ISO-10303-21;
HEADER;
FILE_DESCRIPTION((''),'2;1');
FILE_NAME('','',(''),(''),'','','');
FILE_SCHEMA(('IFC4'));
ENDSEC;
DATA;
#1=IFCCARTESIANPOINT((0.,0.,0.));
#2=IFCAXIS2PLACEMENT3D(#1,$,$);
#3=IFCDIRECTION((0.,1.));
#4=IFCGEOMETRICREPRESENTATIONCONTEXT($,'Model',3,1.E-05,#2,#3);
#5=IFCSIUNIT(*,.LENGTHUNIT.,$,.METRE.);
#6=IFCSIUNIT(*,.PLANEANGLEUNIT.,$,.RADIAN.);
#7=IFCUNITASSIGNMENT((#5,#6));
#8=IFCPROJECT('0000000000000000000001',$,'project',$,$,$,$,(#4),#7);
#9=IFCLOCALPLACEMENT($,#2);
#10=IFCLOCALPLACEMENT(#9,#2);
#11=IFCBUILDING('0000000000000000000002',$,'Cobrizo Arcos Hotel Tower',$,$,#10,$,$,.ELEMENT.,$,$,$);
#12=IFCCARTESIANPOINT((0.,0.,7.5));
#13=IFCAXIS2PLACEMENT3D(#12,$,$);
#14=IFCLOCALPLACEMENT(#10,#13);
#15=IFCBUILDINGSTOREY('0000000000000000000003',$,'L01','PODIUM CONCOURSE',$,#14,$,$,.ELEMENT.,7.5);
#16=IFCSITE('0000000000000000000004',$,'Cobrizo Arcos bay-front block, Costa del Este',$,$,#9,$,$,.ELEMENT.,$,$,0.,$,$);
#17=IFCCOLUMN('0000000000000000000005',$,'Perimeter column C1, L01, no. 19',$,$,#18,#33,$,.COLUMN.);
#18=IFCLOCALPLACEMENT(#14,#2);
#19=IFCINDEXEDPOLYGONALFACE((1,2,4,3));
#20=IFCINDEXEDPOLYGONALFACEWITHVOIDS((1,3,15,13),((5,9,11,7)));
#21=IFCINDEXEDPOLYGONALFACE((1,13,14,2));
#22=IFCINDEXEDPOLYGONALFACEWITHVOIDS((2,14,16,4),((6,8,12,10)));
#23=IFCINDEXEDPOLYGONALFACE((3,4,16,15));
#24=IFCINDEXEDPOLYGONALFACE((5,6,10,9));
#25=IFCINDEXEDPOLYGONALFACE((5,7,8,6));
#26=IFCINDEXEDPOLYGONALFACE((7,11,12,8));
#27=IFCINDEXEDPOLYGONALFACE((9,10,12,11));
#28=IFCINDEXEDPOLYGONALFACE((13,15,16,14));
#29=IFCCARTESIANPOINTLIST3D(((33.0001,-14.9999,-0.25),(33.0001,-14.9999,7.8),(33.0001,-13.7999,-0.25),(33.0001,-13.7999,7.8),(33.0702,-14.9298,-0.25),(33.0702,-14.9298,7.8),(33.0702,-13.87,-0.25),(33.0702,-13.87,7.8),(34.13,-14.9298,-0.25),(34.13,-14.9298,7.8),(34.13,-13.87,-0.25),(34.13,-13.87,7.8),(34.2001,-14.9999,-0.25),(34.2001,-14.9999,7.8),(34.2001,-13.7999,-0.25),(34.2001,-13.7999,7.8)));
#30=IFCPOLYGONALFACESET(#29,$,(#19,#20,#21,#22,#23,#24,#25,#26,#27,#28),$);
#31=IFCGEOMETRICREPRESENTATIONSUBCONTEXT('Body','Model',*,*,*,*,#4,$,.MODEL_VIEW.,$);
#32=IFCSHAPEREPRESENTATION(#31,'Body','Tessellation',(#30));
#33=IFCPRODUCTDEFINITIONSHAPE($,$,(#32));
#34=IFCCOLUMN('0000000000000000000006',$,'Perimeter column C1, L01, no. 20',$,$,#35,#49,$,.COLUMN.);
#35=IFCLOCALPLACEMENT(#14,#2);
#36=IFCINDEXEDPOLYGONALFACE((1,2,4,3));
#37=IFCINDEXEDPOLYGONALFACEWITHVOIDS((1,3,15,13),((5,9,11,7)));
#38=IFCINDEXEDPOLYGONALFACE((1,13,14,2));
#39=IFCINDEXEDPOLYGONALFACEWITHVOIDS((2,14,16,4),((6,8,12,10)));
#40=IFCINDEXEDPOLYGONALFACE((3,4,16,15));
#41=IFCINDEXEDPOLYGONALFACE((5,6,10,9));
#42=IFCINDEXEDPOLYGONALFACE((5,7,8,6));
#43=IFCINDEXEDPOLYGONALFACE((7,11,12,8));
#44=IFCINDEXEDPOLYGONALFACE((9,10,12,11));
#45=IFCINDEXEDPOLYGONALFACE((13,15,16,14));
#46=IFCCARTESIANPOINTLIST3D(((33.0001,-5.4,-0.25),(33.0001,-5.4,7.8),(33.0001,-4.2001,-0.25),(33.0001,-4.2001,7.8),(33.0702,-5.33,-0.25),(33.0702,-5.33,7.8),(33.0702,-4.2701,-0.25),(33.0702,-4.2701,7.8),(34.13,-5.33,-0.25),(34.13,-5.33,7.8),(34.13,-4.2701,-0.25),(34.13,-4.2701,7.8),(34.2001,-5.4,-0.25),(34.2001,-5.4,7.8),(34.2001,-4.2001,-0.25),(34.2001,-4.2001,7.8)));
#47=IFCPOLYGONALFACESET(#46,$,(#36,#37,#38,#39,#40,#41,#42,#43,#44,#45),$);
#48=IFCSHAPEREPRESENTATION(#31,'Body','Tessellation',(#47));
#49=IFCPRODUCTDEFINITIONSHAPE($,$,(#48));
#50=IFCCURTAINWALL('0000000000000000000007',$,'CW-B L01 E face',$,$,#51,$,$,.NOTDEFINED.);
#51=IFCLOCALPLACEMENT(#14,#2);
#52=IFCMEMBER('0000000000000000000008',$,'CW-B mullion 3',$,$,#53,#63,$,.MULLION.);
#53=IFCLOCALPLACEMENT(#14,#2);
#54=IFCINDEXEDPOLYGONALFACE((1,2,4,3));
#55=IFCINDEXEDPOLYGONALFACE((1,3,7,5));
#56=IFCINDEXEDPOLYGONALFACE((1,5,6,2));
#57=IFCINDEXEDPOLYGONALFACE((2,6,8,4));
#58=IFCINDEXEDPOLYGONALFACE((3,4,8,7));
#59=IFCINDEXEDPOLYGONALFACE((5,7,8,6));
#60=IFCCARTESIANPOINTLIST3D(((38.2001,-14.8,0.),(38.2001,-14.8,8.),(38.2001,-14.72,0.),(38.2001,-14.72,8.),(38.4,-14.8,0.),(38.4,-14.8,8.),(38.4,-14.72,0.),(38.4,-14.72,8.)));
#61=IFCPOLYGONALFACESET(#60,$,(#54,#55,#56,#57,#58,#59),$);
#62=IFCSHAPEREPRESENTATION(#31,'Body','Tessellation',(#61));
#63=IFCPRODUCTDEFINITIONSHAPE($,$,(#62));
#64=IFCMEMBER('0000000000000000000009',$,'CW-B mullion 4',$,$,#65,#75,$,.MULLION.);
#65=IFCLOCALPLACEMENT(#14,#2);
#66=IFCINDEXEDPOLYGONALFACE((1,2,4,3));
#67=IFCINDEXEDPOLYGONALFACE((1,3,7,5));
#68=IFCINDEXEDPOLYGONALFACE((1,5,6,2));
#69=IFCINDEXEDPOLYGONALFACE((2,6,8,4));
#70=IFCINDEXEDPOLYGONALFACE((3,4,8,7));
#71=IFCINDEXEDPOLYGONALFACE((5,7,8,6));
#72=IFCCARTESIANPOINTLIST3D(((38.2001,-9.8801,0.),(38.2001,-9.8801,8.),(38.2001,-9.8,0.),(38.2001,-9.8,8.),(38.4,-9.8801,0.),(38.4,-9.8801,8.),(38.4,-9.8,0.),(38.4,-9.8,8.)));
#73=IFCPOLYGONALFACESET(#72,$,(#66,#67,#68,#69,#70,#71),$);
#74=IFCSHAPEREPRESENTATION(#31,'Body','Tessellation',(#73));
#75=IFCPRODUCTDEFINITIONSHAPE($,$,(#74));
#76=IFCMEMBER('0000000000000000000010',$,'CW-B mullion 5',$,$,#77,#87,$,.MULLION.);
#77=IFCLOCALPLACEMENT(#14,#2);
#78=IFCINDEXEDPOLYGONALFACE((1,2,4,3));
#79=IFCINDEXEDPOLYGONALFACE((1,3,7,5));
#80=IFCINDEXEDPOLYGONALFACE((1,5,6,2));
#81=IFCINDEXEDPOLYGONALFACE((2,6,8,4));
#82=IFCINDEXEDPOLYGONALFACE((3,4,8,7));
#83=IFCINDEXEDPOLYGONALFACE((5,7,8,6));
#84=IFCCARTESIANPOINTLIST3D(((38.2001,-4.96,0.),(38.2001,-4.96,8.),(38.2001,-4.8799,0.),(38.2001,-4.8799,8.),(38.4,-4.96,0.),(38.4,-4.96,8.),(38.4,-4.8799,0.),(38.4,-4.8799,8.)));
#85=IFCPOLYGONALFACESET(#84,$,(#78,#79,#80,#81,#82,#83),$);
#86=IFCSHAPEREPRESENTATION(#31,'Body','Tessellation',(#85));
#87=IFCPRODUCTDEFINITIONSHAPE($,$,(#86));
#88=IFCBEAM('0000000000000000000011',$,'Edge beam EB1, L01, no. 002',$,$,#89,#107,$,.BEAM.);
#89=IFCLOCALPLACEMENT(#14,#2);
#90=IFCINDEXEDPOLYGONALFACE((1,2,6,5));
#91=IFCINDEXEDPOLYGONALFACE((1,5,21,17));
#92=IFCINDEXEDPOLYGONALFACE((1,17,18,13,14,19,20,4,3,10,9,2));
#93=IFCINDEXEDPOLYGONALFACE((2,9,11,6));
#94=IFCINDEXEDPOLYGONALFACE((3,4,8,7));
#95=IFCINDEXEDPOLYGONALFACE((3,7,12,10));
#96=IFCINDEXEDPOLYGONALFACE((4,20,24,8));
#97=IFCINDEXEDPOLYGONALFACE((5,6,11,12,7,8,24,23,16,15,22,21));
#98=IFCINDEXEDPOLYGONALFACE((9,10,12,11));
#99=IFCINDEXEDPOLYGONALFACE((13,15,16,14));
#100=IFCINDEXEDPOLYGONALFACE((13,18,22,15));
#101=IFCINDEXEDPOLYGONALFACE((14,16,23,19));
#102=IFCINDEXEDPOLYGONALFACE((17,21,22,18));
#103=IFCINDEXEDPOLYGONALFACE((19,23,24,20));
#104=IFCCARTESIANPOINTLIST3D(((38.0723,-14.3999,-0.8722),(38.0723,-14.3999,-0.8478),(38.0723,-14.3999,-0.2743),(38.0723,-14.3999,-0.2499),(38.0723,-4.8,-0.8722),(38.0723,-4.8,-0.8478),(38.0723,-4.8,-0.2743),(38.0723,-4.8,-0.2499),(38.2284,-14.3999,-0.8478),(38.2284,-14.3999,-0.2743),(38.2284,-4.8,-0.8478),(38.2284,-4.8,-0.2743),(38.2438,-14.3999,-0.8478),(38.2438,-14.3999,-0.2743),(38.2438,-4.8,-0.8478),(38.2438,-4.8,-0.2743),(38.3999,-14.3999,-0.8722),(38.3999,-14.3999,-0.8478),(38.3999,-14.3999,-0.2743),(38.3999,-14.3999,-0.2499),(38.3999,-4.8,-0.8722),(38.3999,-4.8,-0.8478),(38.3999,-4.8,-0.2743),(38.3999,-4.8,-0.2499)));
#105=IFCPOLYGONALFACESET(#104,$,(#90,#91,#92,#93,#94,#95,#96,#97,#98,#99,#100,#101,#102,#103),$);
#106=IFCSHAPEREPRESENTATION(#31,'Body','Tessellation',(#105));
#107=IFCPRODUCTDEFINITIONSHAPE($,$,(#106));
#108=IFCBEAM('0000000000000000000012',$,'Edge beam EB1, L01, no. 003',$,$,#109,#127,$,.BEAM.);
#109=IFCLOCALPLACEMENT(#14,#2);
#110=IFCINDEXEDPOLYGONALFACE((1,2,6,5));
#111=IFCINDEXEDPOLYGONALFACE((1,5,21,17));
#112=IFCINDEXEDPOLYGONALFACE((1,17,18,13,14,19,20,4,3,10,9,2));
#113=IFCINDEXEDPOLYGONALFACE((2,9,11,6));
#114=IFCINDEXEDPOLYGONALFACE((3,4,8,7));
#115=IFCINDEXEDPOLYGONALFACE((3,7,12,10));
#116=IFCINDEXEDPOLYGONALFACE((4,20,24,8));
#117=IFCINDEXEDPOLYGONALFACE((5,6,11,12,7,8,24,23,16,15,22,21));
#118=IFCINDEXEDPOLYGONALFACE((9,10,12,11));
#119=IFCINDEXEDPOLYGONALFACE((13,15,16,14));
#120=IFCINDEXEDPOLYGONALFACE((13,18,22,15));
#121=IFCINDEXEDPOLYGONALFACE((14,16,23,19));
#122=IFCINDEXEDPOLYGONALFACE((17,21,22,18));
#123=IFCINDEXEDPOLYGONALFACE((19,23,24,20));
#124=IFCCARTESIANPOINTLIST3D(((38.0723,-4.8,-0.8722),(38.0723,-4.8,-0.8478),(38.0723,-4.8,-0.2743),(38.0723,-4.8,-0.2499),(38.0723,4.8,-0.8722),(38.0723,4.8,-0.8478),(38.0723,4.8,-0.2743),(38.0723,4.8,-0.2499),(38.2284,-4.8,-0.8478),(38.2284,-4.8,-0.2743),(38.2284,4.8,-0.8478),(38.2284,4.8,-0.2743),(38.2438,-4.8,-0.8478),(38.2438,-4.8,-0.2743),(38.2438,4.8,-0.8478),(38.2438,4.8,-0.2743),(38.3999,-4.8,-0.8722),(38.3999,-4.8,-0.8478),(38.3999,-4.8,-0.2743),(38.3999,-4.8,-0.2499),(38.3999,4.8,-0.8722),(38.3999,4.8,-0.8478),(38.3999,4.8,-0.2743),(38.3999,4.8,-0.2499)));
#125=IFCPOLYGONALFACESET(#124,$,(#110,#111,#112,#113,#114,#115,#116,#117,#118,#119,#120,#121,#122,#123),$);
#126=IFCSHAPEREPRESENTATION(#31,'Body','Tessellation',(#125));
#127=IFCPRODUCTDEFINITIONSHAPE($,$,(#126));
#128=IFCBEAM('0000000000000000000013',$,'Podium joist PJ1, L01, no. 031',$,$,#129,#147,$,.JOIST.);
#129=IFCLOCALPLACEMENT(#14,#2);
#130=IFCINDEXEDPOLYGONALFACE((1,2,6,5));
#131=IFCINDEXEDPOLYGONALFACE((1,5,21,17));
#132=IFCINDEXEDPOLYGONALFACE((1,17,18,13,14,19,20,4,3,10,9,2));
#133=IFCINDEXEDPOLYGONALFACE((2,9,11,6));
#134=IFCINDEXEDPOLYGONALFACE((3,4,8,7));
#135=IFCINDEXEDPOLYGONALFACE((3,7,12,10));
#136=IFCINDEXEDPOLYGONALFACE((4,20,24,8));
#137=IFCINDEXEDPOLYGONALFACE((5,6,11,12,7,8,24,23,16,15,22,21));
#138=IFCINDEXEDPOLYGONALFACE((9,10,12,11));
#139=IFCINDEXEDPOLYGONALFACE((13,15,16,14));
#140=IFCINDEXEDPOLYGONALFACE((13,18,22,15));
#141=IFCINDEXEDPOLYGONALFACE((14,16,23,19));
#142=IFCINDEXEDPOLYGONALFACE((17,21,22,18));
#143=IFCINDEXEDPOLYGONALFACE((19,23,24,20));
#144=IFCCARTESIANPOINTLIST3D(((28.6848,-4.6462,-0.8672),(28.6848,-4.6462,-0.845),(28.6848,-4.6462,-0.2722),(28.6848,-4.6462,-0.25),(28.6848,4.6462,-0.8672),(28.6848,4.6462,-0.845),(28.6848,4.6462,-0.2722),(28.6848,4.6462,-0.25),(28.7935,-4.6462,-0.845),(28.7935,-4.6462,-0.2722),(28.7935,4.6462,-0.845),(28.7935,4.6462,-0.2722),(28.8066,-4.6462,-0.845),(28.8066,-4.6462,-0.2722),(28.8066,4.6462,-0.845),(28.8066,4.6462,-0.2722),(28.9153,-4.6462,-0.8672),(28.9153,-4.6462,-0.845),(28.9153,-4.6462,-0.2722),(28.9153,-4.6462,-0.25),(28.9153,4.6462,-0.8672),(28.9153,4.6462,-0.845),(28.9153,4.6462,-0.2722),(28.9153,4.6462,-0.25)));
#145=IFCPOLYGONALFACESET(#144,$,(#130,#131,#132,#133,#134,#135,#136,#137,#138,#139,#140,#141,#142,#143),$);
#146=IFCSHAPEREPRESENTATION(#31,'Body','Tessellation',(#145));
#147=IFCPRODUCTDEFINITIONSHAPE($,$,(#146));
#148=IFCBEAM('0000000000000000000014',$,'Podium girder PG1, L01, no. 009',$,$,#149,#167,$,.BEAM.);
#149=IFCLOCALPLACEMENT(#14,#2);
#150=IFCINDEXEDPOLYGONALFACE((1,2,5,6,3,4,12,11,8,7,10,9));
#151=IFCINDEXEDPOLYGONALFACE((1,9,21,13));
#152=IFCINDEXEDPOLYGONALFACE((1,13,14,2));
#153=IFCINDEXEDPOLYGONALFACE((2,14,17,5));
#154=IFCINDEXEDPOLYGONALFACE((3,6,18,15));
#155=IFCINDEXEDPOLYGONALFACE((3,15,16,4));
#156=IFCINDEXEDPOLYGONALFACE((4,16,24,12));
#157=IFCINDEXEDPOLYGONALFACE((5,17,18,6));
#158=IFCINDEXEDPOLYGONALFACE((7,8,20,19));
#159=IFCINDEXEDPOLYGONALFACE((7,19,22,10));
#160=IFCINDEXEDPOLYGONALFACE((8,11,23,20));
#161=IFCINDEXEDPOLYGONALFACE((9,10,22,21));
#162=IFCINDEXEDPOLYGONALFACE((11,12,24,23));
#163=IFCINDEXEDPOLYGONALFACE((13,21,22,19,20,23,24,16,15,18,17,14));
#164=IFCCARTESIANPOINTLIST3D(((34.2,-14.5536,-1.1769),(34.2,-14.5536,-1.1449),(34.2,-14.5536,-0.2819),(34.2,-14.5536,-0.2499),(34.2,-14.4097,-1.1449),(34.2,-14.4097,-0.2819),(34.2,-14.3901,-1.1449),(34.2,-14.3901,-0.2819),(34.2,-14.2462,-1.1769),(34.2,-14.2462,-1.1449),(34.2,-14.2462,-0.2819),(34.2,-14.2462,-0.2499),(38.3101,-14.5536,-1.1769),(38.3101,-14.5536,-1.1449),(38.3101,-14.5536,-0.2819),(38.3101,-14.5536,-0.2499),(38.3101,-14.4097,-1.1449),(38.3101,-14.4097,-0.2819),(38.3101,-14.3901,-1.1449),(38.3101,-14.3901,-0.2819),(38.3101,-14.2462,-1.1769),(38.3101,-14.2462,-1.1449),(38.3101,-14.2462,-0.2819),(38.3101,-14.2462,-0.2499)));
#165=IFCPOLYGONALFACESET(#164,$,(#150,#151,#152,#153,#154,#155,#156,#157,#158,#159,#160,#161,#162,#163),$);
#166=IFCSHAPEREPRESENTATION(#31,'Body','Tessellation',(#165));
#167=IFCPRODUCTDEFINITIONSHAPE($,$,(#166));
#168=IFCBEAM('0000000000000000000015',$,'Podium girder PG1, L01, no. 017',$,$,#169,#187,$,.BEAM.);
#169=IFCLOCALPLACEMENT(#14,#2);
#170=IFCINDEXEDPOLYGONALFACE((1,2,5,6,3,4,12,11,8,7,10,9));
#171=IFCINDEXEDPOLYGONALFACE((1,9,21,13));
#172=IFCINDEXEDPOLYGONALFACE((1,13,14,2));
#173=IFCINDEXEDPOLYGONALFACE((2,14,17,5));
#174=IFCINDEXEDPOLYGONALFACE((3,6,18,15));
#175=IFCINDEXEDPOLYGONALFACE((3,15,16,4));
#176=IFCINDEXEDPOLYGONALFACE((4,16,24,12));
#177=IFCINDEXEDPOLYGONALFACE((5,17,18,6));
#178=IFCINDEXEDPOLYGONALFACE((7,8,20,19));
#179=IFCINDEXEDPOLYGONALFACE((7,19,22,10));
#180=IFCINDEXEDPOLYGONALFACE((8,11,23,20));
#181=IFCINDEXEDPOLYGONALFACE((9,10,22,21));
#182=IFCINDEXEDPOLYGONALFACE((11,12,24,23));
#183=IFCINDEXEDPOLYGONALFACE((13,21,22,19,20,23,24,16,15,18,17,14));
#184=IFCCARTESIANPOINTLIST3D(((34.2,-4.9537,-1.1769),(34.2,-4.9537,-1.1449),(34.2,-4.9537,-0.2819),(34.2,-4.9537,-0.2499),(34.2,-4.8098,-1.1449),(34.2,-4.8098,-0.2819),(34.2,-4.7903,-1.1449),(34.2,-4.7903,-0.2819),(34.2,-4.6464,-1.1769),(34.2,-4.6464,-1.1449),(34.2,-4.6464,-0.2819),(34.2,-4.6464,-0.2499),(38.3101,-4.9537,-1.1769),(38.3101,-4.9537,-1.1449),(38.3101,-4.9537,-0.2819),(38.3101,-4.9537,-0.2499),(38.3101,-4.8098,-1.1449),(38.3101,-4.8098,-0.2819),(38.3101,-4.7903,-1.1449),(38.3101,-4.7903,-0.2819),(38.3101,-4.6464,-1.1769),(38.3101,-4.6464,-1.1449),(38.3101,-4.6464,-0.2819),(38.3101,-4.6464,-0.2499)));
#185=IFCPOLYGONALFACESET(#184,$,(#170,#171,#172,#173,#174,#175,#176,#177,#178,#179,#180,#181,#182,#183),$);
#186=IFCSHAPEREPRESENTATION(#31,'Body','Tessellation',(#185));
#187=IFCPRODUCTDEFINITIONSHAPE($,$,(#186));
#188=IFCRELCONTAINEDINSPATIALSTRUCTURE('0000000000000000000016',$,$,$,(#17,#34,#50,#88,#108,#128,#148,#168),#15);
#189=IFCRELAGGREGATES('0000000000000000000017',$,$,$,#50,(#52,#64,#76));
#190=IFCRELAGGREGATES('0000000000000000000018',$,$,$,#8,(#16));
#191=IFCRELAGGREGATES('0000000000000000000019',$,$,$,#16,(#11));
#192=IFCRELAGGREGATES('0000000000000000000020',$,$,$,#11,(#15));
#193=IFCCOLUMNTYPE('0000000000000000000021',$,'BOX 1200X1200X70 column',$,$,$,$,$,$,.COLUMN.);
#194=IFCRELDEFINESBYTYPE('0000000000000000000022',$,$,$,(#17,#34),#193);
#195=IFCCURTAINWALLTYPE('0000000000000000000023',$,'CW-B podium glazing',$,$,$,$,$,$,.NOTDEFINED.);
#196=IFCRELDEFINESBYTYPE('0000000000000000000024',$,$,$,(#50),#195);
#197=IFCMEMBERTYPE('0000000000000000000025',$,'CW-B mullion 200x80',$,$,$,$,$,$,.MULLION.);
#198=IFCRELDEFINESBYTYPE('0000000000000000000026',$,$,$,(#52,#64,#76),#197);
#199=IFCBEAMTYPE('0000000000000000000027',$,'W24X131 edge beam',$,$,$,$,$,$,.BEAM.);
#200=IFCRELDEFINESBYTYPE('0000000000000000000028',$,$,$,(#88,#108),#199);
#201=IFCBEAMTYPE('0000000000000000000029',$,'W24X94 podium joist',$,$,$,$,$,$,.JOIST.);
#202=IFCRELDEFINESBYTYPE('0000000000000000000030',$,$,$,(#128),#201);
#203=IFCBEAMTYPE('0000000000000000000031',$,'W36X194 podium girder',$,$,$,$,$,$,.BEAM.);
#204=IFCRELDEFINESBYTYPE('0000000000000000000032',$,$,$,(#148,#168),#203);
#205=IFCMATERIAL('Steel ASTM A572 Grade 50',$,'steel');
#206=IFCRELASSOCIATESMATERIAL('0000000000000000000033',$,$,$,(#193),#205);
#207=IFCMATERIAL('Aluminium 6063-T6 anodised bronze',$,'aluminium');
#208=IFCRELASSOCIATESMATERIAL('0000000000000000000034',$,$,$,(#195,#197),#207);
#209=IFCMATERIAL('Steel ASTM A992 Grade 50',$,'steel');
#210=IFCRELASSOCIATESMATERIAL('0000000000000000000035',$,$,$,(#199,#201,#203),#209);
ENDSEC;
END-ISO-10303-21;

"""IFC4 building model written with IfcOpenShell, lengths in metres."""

from ifc_helpers import new_model, si_unit, direction, frame, origin, origin_2d, place, context, subcontext, project, spatial, rectangle, hollow_rectangle, i_section, extrude, material, material_profile, profile_set, type_object, element, aggregate, save


model = new_model("IFC4")

# Units and contexts
model_context = context("Model", 3, precision=1e-05, world=origin(), true_north=direction((0.0, 1.0)))
body_context = subcontext(model_context, "Body", "Model", "MODEL_VIEW")
ifc_project = project(units=[si_unit("LENGTHUNIT", "METRE"), si_unit("PLANEANGLEUNIT", "RADIAN")], contexts=[model_context])

# Site, building, storey
site_placement = place(None, origin())
site = spatial("IfcSite", under=ifc_project, at=site_placement, Name="Cobrizo Arcos bay-front block, Costa del Este", CompositionType="ELEMENT", RefElevation=0.0)
building_placement = place(site_placement, origin())
building = spatial("IfcBuilding", under=site, at=building_placement, Name="Cobrizo Arcos Hotel Tower", CompositionType="ELEMENT")
storey_placement = place(building_placement, frame((0.0, 0.0, 7.5)))
storey = spatial("IfcBuildingStorey", under=building, at=storey_placement, Name="L01", Description="PODIUM CONCOURSE", CompositionType="ELEMENT", Elevation=7.5)

# Columns
ifc_material_1 = material(Name="Steel ASTM A572 Grade 50", Category="steel")
ifc_material_profile_1 = material_profile(ifc_material_1, hollow_rectangle(XDim=1.2, YDim=1.2, WallThickness=0.0701, at=origin_2d()), Name="BOX 1200X1200X70")
ifc_profile_set_1 = profile_set([ifc_material_profile_1], Name="Steel ASTM A572 Grade 50")
column_type = type_object("IfcColumnType", Name="BOX 1200X1200X70 column", PredefinedType="COLUMN", material=ifc_profile_set_1)
for number, where, z_axis, x_axis, name in (
    (1, (33.6001, -14.3999, -0.25), (0.0, 0.0, 1.0), (1.0, 0.0, 0.0), "Perimeter column C1, L01, no. 19"),
    (2, (33.6001, -4.8, -0.25), (0.0, 0.0, 1.0), (1.0, 0.0, 0.0), "Perimeter column C1, L01, no. 20"),
):
    element("IfcColumn", number, at=place(storey_placement, frame(where, z_axis=z_axis, x_axis=x_axis)), inside=storey, type_object=column_type, Name=name, PredefinedType="COLUMN", context=body_context, shape_type="SweptSolid", body=[
        extrude(hollow_rectangle(XDim=1.2, YDim=1.2, WallThickness=0.0701, at=origin_2d()), origin(), (0.0, 0.0, 1.0), 8.05),
    ])

# Curtain wall, members
ifc_material_2 = material(Name="Aluminium 6063-T6 anodised bronze", Category="aluminium")
curtain_wall_type = type_object("IfcCurtainWallType", Name="CW-B podium glazing", PredefinedType="NOTDEFINED", material=ifc_material_2)
curtain_wall_placement = place(storey_placement, origin())
curtain_wall = element("IfcCurtainWall", 3, at=curtain_wall_placement, inside=storey, type_object=curtain_wall_type, Name="CW-B L01 E face", PredefinedType="NOTDEFINED")
ifc_material_profile_2 = material_profile(ifc_material_2, rectangle(XDim=0.2, YDim=0.0801, at=origin_2d()), Name="CW-B mullion 200x80")
ifc_profile_set_2 = profile_set([ifc_material_profile_2], Name="Aluminium 6063-T6 anodised bronze")
member_type = type_object("IfcMemberType", Name="CW-B mullion 200x80", PredefinedType="MULLION", material=ifc_profile_set_2)
member_1_placement = place(storey_placement, frame((38.3, -14.76, 0.0), z_axis=(0.0, 0.0, 1.0), x_axis=(1.0, 0.0, 0.0)))
member_1 = element("IfcMember", 4, at=member_1_placement, type_object=member_type, Name="CW-B mullion 3", PredefinedType="MULLION", context=body_context, shape_type="SweptSolid", body=[
    extrude(rectangle(XDim=0.2, YDim=0.0801, at=origin_2d()), origin(), (0.0, 0.0, 1.0), 8.0),
])
member_2_placement = place(storey_placement, frame((38.3, -9.8401, 0.0), z_axis=(0.0, 0.0, 1.0), x_axis=(1.0, 0.0, 0.0)))
member_2 = element("IfcMember", 5, at=member_2_placement, type_object=member_type, Name="CW-B mullion 4", PredefinedType="MULLION", context=body_context, shape_type="SweptSolid", body=[
    extrude(rectangle(XDim=0.2, YDim=0.0801, at=origin_2d()), origin(), (0.0, 0.0, 1.0), 8.0),
])
member_3_placement = place(storey_placement, frame((38.3, -4.9199, 0.0), z_axis=(0.0, 0.0, 1.0), x_axis=(1.0, 0.0, 0.0)))
member_3 = element("IfcMember", 6, at=member_3_placement, type_object=member_type, Name="CW-B mullion 5", PredefinedType="MULLION", context=body_context, shape_type="SweptSolid", body=[
    extrude(rectangle(XDim=0.2, YDim=0.0801, at=origin_2d()), origin(), (0.0, 0.0, 1.0), 8.0),
])

# Beams
ifc_material_3 = material(Name="Steel ASTM A992 Grade 50", Category="steel")
ifc_material_profile_3 = material_profile(ifc_material_3, i_section(OverallWidth=0.3276, OverallDepth=0.6223, WebThickness=0.0154, FlangeThickness=0.0244, at=origin_2d()), Name="W24X131")
ifc_profile_set_3 = profile_set([ifc_material_profile_3], Name="Steel ASTM A992 Grade 50")
beam_type_1 = type_object("IfcBeamType", Name="W24X131 edge beam", PredefinedType="BEAM", material=ifc_profile_set_3)
beam_1_placement = place(storey_placement, frame((38.2361, -14.3999, -0.561), z_axis=(0.0, 1.0, 0.0), x_axis=(-1.0, 0.0, 0.0)))
element("IfcBeam", 7, at=beam_1_placement, inside=storey, type_object=beam_type_1, Name="Edge beam EB1, L01, no. 002", PredefinedType="BEAM", context=body_context, shape_type="SweptSolid", body=[
    extrude(i_section(OverallWidth=0.3276, OverallDepth=0.6223, WebThickness=0.0154, FlangeThickness=0.0244, at=origin_2d()), origin(), (0.0, 0.0, 1.0), 9.5999),
])
beam_2_placement = place(storey_placement, frame((38.2361, -4.8, -0.561), z_axis=(0.0, 1.0, 0.0), x_axis=(-1.0, 0.0, 0.0)))
element("IfcBeam", 8, at=beam_2_placement, inside=storey, type_object=beam_type_1, Name="Edge beam EB1, L01, no. 003", PredefinedType="BEAM", context=body_context, shape_type="SweptSolid", body=[
    extrude(i_section(OverallWidth=0.3276, OverallDepth=0.6223, WebThickness=0.0154, FlangeThickness=0.0244, at=origin_2d()), origin(), (0.0, 0.0, 1.0), 9.6001),
])
ifc_material_profile_4 = material_profile(ifc_material_3, i_section(OverallWidth=0.2305, OverallDepth=0.6172, WebThickness=0.0132, FlangeThickness=0.0222, at=origin_2d()), Name="W24X94")
ifc_profile_set_4 = profile_set([ifc_material_profile_4], Name="Steel ASTM A992 Grade 50")
beam_type_2 = type_object("IfcBeamType", Name="W24X94 podium joist", PredefinedType="JOIST", material=ifc_profile_set_4)
beam_3_placement = place(storey_placement, frame((28.8, -4.6462, -0.5586), z_axis=(0.0, 1.0, 0.0), x_axis=(-1.0, 0.0, 0.0)))
element("IfcBeam", 9, at=beam_3_placement, inside=storey, type_object=beam_type_2, Name="Podium joist PJ1, L01, no. 031", PredefinedType="JOIST", context=body_context, shape_type="SweptSolid", body=[
    extrude(i_section(OverallWidth=0.2305, OverallDepth=0.6172, WebThickness=0.0132, FlangeThickness=0.0222, at=origin_2d()), origin(), (0.0, 0.0, 1.0), 9.2925),
])
ifc_material_profile_5 = material_profile(ifc_material_3, i_section(OverallWidth=0.3074, OverallDepth=0.927, WebThickness=0.0195, FlangeThickness=0.032, at=origin_2d()), Name="W36X194")
ifc_profile_set_5 = profile_set([ifc_material_profile_5], Name="Steel ASTM A992 Grade 50")
beam_type_3 = type_object("IfcBeamType", Name="W36X194 podium girder", PredefinedType="BEAM", material=ifc_profile_set_5)
for number, where, z_axis, x_axis, name in (
    (10, (34.2, -14.3999, -0.7134), (1.0, 0.0, 0.0), (0.0, 1.0, 0.0), "Podium girder PG1, L01, no. 009"),
    (11, (34.2, -4.8, -0.7134), (1.0, 0.0, 0.0), (0.0, 1.0, 0.0), "Podium girder PG1, L01, no. 017"),
):
    element("IfcBeam", number, at=place(storey_placement, frame(where, z_axis=z_axis, x_axis=x_axis)), inside=storey, type_object=beam_type_3, Name=name, PredefinedType="BEAM", context=body_context, shape_type="SweptSolid", body=[
        extrude(i_section(OverallWidth=0.3074, OverallDepth=0.927, WebThickness=0.0195, FlangeThickness=0.032, at=origin_2d()), origin(), (0.0, 0.0, 1.0), 4.1101),
    ])

aggregate(curtain_wall, [member_1, member_2, member_3])

save(model, "model.ifc")
